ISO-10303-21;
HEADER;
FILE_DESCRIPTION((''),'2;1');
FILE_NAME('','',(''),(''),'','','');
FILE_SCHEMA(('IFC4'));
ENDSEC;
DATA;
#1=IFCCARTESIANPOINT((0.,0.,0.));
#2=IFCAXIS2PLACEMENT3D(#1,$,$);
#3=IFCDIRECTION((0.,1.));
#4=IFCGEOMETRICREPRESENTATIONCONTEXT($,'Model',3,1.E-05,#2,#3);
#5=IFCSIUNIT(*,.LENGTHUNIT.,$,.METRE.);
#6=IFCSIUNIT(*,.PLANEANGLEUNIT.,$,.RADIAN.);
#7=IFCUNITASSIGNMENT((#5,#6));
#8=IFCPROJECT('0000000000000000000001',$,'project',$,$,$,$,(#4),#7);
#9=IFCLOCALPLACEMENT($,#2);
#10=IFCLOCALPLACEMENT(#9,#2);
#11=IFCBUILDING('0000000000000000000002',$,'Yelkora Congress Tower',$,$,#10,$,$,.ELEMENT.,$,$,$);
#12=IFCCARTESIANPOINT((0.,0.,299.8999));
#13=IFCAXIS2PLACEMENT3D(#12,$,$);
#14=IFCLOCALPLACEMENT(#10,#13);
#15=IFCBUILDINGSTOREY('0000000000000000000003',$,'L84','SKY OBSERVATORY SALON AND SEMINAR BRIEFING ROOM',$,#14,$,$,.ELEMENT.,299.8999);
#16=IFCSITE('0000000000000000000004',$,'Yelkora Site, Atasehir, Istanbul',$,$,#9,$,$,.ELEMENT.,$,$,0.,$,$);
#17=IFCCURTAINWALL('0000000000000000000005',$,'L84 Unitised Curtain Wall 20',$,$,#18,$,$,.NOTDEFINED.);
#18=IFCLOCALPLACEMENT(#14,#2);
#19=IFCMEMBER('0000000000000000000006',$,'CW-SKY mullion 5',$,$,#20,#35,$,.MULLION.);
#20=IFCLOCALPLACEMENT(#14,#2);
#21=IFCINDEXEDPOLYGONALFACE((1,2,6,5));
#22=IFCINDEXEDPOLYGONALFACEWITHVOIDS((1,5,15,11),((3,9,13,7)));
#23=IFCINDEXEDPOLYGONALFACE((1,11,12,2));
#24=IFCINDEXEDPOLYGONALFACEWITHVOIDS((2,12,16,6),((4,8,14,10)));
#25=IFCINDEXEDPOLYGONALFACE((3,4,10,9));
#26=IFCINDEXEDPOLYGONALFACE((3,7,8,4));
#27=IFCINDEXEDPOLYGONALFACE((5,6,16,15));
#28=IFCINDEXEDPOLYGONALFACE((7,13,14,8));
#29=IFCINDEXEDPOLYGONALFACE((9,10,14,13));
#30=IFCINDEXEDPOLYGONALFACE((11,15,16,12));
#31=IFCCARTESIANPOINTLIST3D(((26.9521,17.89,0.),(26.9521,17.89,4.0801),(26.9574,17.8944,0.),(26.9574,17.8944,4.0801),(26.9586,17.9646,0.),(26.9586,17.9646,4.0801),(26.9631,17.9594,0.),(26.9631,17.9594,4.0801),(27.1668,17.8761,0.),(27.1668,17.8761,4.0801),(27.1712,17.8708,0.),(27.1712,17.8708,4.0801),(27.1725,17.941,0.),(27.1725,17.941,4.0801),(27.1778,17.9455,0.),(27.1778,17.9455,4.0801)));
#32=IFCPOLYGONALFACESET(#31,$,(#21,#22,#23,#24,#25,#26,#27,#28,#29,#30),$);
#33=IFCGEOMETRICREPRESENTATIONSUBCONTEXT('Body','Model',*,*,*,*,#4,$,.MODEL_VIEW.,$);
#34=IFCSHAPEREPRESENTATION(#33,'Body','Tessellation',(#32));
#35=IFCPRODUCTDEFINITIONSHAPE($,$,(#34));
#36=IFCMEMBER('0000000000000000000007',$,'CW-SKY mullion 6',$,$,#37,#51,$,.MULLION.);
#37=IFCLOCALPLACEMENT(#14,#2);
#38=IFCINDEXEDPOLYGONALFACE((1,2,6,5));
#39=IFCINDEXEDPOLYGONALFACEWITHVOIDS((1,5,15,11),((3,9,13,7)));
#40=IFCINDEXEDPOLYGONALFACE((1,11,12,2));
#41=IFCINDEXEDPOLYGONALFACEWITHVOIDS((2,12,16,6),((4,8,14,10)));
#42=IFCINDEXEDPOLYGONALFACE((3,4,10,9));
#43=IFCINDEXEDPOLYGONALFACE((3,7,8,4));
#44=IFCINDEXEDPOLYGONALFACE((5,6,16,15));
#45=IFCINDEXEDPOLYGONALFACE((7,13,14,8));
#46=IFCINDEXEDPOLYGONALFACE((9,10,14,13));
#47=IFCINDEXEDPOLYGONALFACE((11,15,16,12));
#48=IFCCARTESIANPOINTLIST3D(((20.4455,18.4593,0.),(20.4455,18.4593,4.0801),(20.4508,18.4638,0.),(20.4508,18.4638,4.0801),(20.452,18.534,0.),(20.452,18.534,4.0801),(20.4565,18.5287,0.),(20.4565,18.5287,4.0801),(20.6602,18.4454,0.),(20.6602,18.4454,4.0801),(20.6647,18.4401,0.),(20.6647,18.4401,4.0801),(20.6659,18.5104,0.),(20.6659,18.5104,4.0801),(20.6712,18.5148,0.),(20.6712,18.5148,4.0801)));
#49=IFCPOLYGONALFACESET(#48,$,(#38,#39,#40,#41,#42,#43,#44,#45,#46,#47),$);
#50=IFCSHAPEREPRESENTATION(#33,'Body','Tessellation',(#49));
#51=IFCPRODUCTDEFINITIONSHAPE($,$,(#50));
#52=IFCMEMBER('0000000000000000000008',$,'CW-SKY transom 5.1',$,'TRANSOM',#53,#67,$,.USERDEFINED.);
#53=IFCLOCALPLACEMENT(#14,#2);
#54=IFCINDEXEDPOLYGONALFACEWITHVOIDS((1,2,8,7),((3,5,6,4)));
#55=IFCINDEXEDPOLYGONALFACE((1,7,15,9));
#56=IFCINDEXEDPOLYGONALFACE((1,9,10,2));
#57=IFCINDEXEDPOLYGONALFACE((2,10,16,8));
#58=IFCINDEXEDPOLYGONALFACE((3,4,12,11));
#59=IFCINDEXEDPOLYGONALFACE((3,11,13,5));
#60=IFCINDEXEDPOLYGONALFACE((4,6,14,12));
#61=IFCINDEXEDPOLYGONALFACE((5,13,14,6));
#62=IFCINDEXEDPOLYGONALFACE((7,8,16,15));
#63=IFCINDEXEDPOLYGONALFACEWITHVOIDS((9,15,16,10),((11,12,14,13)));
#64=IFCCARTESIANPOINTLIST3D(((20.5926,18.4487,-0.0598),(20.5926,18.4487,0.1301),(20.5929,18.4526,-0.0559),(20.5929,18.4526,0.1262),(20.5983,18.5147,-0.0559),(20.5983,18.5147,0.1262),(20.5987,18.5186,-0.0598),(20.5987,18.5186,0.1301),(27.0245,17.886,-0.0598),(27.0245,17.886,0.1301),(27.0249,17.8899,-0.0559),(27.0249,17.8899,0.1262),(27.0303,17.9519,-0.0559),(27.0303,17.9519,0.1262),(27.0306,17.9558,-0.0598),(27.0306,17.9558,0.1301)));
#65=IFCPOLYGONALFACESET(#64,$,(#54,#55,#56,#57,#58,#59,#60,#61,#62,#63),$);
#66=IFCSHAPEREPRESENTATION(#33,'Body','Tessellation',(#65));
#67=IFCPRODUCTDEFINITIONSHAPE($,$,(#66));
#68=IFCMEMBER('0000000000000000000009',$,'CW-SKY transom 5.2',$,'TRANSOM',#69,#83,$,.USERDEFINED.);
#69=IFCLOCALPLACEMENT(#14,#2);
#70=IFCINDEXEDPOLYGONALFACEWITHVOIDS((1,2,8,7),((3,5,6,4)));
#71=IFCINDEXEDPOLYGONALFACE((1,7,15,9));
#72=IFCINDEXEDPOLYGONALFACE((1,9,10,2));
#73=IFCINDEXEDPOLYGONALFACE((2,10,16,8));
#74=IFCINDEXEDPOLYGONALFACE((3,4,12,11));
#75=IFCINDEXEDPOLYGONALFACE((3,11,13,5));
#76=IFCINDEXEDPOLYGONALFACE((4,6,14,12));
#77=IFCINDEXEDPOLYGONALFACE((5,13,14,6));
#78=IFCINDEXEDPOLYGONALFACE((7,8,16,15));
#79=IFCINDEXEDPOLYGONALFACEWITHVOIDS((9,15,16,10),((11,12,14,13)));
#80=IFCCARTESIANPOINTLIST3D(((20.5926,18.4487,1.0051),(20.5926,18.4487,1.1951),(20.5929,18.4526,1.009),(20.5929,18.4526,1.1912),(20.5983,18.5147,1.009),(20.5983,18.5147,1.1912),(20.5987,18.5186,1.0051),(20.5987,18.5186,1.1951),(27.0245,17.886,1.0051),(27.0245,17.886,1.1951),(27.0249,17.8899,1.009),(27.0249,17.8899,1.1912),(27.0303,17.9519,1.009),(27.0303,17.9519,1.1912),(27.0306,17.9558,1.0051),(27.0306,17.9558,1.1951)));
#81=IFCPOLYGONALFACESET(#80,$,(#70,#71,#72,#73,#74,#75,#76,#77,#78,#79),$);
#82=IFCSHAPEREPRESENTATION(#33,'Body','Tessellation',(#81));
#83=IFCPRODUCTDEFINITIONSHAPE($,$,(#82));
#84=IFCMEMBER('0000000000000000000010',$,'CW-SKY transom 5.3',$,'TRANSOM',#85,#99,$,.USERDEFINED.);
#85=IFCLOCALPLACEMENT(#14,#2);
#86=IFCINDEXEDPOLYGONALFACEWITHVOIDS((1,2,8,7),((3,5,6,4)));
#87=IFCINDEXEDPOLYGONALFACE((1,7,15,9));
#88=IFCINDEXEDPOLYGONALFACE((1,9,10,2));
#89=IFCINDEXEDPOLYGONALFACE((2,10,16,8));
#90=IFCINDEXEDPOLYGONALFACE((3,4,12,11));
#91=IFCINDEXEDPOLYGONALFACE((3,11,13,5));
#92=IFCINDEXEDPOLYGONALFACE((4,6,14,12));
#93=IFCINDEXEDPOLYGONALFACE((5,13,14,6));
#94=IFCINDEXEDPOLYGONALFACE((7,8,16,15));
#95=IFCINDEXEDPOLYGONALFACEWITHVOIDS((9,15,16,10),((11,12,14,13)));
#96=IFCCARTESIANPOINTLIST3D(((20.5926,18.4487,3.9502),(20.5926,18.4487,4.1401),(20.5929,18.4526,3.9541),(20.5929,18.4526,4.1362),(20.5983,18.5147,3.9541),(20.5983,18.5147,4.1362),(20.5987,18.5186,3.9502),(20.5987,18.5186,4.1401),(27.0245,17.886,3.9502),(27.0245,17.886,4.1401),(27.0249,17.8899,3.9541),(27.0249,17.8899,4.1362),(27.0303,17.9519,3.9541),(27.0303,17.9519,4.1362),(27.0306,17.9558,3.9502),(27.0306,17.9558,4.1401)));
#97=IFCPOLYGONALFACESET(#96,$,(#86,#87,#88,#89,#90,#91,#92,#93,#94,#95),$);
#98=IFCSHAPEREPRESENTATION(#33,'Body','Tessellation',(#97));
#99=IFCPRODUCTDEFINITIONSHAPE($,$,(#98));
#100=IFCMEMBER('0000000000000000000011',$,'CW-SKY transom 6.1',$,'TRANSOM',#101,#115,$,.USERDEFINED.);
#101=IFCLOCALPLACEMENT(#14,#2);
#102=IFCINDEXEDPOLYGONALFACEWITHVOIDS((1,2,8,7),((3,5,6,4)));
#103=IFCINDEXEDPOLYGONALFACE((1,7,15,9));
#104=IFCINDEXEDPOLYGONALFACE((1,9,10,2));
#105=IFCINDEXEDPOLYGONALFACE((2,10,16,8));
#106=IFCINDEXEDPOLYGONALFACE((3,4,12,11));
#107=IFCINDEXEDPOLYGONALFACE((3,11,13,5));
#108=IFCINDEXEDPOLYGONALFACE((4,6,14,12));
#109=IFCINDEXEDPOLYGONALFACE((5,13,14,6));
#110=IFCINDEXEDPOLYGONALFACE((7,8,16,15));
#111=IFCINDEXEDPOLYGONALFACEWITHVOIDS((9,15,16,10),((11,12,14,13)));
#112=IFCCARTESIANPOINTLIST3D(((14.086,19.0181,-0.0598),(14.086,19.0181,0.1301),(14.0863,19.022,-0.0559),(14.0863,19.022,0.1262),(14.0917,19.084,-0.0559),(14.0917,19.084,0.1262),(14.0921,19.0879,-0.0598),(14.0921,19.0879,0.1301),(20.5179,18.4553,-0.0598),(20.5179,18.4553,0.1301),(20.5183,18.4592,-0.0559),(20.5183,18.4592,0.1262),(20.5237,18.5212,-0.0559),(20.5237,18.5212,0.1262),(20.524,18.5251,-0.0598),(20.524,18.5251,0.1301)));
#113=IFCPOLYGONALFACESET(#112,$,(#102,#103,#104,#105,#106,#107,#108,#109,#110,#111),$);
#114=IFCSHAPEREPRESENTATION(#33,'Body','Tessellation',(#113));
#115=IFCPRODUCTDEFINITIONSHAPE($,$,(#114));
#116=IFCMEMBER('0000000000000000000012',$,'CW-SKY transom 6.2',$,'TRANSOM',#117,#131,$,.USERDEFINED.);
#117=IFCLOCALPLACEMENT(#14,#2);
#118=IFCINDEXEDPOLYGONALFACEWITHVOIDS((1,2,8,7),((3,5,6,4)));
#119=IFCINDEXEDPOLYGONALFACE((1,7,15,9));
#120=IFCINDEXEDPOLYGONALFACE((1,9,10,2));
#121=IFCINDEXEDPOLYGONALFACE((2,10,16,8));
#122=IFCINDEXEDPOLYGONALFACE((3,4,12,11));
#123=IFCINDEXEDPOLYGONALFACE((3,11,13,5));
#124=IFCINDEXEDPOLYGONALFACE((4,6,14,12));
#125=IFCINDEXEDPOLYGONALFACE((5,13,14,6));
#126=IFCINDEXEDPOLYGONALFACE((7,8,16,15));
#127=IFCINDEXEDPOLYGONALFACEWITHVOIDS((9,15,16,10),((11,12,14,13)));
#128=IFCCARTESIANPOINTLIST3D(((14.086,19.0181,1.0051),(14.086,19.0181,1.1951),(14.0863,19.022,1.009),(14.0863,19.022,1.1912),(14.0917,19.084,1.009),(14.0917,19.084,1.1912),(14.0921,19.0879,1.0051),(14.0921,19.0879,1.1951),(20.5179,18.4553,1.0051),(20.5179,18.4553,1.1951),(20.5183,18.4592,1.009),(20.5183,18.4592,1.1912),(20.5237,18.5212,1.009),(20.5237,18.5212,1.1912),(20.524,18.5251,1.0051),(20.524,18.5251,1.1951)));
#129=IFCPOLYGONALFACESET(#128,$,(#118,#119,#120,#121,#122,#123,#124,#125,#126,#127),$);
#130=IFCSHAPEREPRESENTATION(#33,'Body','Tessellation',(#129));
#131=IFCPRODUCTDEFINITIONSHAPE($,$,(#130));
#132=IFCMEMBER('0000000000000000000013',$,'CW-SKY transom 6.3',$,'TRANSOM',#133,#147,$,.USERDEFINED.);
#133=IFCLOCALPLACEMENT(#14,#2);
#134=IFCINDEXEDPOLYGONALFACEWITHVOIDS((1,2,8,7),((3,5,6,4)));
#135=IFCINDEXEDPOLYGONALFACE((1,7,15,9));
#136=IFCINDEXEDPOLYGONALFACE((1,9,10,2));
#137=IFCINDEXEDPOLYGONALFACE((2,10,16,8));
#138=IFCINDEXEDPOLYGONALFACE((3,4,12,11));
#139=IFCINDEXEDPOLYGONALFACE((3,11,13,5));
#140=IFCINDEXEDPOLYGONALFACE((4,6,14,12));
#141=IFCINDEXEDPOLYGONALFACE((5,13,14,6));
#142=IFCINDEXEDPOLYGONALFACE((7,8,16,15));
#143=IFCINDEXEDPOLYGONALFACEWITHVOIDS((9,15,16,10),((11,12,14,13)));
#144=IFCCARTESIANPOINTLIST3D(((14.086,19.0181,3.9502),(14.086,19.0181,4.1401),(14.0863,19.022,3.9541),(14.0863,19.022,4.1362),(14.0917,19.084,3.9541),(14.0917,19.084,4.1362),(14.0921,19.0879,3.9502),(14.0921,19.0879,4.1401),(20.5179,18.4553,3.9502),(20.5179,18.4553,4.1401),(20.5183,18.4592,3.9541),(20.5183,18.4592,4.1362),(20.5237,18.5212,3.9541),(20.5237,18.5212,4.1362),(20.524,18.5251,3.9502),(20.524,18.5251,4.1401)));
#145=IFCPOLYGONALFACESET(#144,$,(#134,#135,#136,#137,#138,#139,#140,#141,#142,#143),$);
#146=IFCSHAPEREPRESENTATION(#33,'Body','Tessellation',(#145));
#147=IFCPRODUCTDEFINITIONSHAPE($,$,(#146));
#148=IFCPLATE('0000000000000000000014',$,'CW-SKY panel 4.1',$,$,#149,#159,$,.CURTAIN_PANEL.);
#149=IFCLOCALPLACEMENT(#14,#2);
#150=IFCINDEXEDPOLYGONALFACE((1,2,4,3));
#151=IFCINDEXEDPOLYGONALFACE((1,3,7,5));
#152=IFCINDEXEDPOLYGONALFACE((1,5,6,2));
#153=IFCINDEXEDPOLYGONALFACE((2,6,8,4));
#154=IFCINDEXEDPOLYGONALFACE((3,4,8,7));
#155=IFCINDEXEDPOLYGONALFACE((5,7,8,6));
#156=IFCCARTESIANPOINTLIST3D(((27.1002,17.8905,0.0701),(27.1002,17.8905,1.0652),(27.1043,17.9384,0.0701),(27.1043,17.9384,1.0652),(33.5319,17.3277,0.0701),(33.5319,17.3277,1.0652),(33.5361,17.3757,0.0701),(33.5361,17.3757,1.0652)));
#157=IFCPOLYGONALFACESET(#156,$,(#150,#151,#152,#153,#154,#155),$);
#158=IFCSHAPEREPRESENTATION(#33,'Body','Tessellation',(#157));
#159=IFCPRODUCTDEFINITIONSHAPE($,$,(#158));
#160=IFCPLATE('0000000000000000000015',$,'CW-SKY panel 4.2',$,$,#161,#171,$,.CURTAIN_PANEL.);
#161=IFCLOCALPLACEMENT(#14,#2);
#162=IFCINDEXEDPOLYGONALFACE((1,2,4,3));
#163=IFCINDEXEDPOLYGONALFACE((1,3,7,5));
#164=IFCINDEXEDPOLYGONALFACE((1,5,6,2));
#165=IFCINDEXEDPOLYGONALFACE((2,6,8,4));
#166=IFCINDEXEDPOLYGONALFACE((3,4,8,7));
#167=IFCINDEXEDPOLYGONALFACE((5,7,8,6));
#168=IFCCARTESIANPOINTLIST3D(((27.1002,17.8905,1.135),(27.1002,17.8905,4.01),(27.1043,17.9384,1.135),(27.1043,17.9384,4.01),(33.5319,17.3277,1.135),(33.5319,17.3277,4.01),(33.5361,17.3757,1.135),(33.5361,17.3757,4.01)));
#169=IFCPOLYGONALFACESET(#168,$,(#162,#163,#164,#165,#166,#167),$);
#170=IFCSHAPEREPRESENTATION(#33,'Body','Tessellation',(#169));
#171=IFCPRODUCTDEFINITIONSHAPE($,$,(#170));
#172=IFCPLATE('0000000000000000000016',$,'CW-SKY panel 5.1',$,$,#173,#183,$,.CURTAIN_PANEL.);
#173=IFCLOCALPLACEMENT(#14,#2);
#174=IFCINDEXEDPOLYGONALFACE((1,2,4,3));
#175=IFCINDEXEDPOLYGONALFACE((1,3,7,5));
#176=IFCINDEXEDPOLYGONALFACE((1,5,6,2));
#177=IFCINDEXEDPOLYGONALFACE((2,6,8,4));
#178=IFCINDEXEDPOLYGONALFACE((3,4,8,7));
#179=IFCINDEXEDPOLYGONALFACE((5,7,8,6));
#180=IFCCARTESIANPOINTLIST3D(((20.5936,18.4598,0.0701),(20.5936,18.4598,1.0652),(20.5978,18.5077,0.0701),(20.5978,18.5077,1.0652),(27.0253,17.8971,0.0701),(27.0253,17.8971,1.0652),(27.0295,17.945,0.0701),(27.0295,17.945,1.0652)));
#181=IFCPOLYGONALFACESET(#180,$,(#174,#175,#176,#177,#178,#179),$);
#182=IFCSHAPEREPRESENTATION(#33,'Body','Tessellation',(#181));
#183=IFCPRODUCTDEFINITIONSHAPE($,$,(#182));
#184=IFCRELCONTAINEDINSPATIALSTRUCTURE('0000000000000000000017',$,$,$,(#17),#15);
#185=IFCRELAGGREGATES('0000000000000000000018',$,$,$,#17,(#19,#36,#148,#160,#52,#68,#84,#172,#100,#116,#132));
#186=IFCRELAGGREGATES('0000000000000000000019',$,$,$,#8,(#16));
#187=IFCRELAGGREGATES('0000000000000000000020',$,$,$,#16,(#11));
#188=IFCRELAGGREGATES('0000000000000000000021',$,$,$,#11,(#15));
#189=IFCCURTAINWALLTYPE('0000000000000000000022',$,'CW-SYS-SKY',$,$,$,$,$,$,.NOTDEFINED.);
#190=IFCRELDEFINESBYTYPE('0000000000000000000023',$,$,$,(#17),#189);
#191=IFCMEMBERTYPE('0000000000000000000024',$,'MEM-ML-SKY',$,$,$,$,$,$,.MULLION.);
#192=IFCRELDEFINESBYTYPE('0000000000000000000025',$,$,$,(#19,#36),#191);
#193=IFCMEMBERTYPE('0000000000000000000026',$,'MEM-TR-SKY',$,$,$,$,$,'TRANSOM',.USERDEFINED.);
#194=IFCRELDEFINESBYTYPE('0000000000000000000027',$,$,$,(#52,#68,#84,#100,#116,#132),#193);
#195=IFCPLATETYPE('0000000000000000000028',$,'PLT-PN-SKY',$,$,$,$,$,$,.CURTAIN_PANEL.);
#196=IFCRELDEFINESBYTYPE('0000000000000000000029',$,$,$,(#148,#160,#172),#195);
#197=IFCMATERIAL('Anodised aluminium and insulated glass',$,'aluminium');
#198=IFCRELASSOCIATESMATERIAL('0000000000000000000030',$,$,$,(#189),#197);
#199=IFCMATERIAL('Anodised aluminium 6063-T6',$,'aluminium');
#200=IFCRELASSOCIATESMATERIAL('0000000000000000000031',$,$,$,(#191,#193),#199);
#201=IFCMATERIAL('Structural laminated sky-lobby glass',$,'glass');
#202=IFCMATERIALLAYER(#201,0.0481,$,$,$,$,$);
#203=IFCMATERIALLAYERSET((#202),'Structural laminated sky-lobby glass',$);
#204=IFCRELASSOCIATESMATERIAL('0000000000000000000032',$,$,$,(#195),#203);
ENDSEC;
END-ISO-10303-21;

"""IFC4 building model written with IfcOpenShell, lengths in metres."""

from ifc_helpers import new_model, si_unit, direction, frame, origin, origin_2d, place, context, subcontext, project, spatial, rectangle, hollow_rectangle, extrude, material, layer, layer_set, material_profile, profile_set, type_object, element, aggregate, save


model = new_model("IFC4")

# Units and contexts
model_context = context("Model", 3, precision=1e-05, world=origin(), true_north=direction((0.0, 1.0)))
body_context = subcontext(model_context, "Body", "Model", "MODEL_VIEW")
ifc_project = project(units=[si_unit("LENGTHUNIT", "METRE"), si_unit("PLANEANGLEUNIT", "RADIAN")], contexts=[model_context])

# Site, building, storey
site_placement = place(None, origin())
site = spatial("IfcSite", under=ifc_project, at=site_placement, Name="Yelkora Site, Atasehir, Istanbul", CompositionType="ELEMENT", RefElevation=0.0)
building_placement = place(site_placement, origin())
building = spatial("IfcBuilding", under=site, at=building_placement, Name="Yelkora Congress Tower", CompositionType="ELEMENT")
storey_placement = place(building_placement, frame((0.0, 0.0, 299.8999)))
storey = spatial("IfcBuildingStorey", under=building, at=storey_placement, Name="L84", Description="SKY OBSERVATORY SALON AND SEMINAR BRIEFING ROOM", CompositionType="ELEMENT", Elevation=299.8999)

# Curtain wall, members, plates
ifc_material_1 = material(Name="Anodised aluminium and insulated glass", Category="aluminium")
curtain_wall_type = type_object("IfcCurtainWallType", Name="CW-SYS-SKY", PredefinedType="NOTDEFINED", material=ifc_material_1)
curtain_wall_placement = place(storey_placement, origin())
curtain_wall = element("IfcCurtainWall", 1, at=curtain_wall_placement, inside=storey, type_object=curtain_wall_type, Name="L84 Unitised Curtain Wall 20", PredefinedType="NOTDEFINED")
ifc_material_2 = material(Name="Anodised aluminium 6063-T6", Category="aluminium")
ifc_material_profile_1 = material_profile(ifc_material_2, hollow_rectangle(XDim=0.075, YDim=0.22, WallThickness=0.0049, at=origin_2d()), Name="ALU 75x220x5")
ifc_profile_set_1 = profile_set([ifc_material_profile_1], Name="Anodised aluminium 6063-T6")
member_type_1 = type_object("IfcMemberType", Name="MEM-ML-SKY", PredefinedType="MULLION", material=ifc_profile_set_1)
member_1_placement = place(storey_placement, frame((27.0649, 17.9177, 0.0), z_axis=(0.0, 0.0, 1.0), x_axis=(-0.087157, -0.996195, 0.0)))
member_1 = element("IfcMember", 2, at=member_1_placement, type_object=member_type_1, Name="CW-SKY mullion 5", PredefinedType="MULLION", context=body_context, shape_type="SweptSolid", body=[
    extrude(hollow_rectangle(XDim=0.075, YDim=0.22, WallThickness=0.0049, at=origin_2d()), origin(), (0.0, 0.0, 1.0), 4.0801),
])
member_2_placement = place(storey_placement, frame((20.5583, 18.4871, 0.0), z_axis=(0.0, 0.0, 1.0), x_axis=(-0.087157, -0.996195, 0.0)))
member_2 = element("IfcMember", 3, at=member_2_placement, type_object=member_type_1, Name="CW-SKY mullion 6", PredefinedType="MULLION", context=body_context, shape_type="SweptSolid", body=[
    extrude(hollow_rectangle(XDim=0.075, YDim=0.22, WallThickness=0.0049, at=origin_2d()), origin(), (0.0, 0.0, 1.0), 4.0801),
])
ifc_material_profile_2 = material_profile(ifc_material_2, hollow_rectangle(XDim=0.0701, YDim=0.1899, WallThickness=0.0039, at=origin_2d()), Name="ALU 70x190x4")
ifc_profile_set_2 = profile_set([ifc_material_profile_2], Name="Anodised aluminium 6063-T6")
member_type_2 = type_object("IfcMemberType", Name="MEM-TR-SKY", ElementType="TRANSOM", PredefinedType="USERDEFINED", material=ifc_profile_set_2)
member_3_placement = place(storey_placement, frame((27.0276, 17.9209, 0.0352), z_axis=(-0.996194, 0.08716, 0.0), x_axis=(-0.08716, -0.996194, 0.0)))
member_3 = element("IfcMember", 4, at=member_3_placement, type_object=member_type_2, Name="CW-SKY transom 5.1", ObjectType="TRANSOM", PredefinedType="USERDEFINED", context=body_context, shape_type="SweptSolid", body=[
    extrude(hollow_rectangle(XDim=0.0701, YDim=0.1899, WallThickness=0.0039, at=origin_2d()), origin(), (0.0, 0.0, 1.0), 6.4565),
])
member_4_placement = place(storey_placement, frame((27.0276, 17.9209, 1.1001), z_axis=(-0.996194, 0.08716, 0.0), x_axis=(-0.08716, -0.996194, 0.0)))
member_4 = element("IfcMember", 5, at=member_4_placement, type_object=member_type_2, Name="CW-SKY transom 5.2", ObjectType="TRANSOM", PredefinedType="USERDEFINED", context=body_context, shape_type="SweptSolid", body=[
    extrude(hollow_rectangle(XDim=0.0701, YDim=0.1899, WallThickness=0.0039, at=origin_2d()), origin(), (0.0, 0.0, 1.0), 6.4565),
])
member_5_placement = place(storey_placement, frame((27.0276, 17.9209, 4.0452), z_axis=(-0.996194, 0.08716, 0.0), x_axis=(-0.08716, -0.996194, 0.0)))
member_5 = element("IfcMember", 6, at=member_5_placement, type_object=member_type_2, Name="CW-SKY transom 5.3", ObjectType="TRANSOM", PredefinedType="USERDEFINED", context=body_context, shape_type="SweptSolid", body=[
    extrude(hollow_rectangle(XDim=0.0701, YDim=0.1899, WallThickness=0.0039, at=origin_2d()), origin(), (0.0, 0.0, 1.0), 6.4565),
])
member_6_placement = place(storey_placement, frame((20.521, 18.4902, 0.0352), z_axis=(-0.996194, 0.08716, 0.0), x_axis=(-0.08716, -0.996194, 0.0)))
member_6 = element("IfcMember", 7, at=member_6_placement, type_object=member_type_2, Name="CW-SKY transom 6.1", ObjectType="TRANSOM", PredefinedType="USERDEFINED", context=body_context, shape_type="SweptSolid", body=[
    extrude(hollow_rectangle(XDim=0.0701, YDim=0.1899, WallThickness=0.0039, at=origin_2d()), origin(), (0.0, 0.0, 1.0), 6.4565),
])
member_7_placement = place(storey_placement, frame((20.521, 18.4902, 1.1001), z_axis=(-0.996194, 0.08716, 0.0), x_axis=(-0.08716, -0.996194, 0.0)))
member_7 = element("IfcMember", 8, at=member_7_placement, type_object=member_type_2, Name="CW-SKY transom 6.2", ObjectType="TRANSOM", PredefinedType="USERDEFINED", context=body_context, shape_type="SweptSolid", body=[
    extrude(hollow_rectangle(XDim=0.0701, YDim=0.1899, WallThickness=0.0039, at=origin_2d()), origin(), (0.0, 0.0, 1.0), 6.4565),
])
member_8_placement = place(storey_placement, frame((20.521, 18.4902, 4.0452), z_axis=(-0.996194, 0.08716, 0.0), x_axis=(-0.08716, -0.996194, 0.0)))
member_8 = element("IfcMember", 9, at=member_8_placement, type_object=member_type_2, Name="CW-SKY transom 6.3", ObjectType="TRANSOM", PredefinedType="USERDEFINED", context=body_context, shape_type="SweptSolid", body=[
    extrude(hollow_rectangle(XDim=0.0701, YDim=0.1899, WallThickness=0.0039, at=origin_2d()), origin(), (0.0, 0.0, 1.0), 6.4565),
])
ifc_material_3 = material(Name="Structural laminated sky-lobby glass", Category="glass")
ifc_layer_1 = layer(ifc_material_3, 0.0481)
ifc_layer_set_1 = layer_set([ifc_layer_1], Name="Structural laminated sky-lobby glass")
plate_type = type_object("IfcPlateType", Name="PLT-PN-SKY", PredefinedType="CURTAIN_PANEL", material=ifc_layer_set_1)
plate_1_placement = place(storey_placement, frame((30.3181, 17.6331, 0.0701), z_axis=(0.0, 0.0, 1.0), x_axis=(-0.996195, 0.087157, 0.0)))
plate_1 = element("IfcPlate", 10, at=plate_1_placement, type_object=plate_type, Name="CW-SKY panel 4.1", PredefinedType="CURTAIN_PANEL", context=body_context, shape_type="SweptSolid", body=[
    extrude(rectangle(XDim=6.4563, YDim=0.0481, at=origin_2d()), origin(), (0.0, 0.0, 1.0), 0.9951),
])
plate_2_placement = place(storey_placement, frame((30.3181, 17.6331, 1.135), z_axis=(0.0, 0.0, 1.0), x_axis=(-0.996195, 0.087157, 0.0)))
plate_2 = element("IfcPlate", 11, at=plate_2_placement, type_object=plate_type, Name="CW-SKY panel 4.2", PredefinedType="CURTAIN_PANEL", context=body_context, shape_type="SweptSolid", body=[
    extrude(rectangle(XDim=6.4563, YDim=0.0481, at=origin_2d()), origin(), (0.0, 0.0, 1.0), 2.875),
])
plate_3_placement = place(storey_placement, frame((23.8115, 18.2024, 0.0701), z_axis=(0.0, 0.0, 1.0), x_axis=(-0.996195, 0.087157, 0.0)))
plate_3 = element("IfcPlate", 12, at=plate_3_placement, type_object=plate_type, Name="CW-SKY panel 5.1", PredefinedType="CURTAIN_PANEL", context=body_context, shape_type="SweptSolid", body=[
    extrude(rectangle(XDim=6.4563, YDim=0.0481, at=origin_2d()), origin(), (0.0, 0.0, 1.0), 0.9951),
])
aggregate(curtain_wall, [member_1, member_2, plate_1, plate_2, member_3, member_4, member_5, plate_3, member_6, member_7, member_8])

save(model, "model.ifc")
